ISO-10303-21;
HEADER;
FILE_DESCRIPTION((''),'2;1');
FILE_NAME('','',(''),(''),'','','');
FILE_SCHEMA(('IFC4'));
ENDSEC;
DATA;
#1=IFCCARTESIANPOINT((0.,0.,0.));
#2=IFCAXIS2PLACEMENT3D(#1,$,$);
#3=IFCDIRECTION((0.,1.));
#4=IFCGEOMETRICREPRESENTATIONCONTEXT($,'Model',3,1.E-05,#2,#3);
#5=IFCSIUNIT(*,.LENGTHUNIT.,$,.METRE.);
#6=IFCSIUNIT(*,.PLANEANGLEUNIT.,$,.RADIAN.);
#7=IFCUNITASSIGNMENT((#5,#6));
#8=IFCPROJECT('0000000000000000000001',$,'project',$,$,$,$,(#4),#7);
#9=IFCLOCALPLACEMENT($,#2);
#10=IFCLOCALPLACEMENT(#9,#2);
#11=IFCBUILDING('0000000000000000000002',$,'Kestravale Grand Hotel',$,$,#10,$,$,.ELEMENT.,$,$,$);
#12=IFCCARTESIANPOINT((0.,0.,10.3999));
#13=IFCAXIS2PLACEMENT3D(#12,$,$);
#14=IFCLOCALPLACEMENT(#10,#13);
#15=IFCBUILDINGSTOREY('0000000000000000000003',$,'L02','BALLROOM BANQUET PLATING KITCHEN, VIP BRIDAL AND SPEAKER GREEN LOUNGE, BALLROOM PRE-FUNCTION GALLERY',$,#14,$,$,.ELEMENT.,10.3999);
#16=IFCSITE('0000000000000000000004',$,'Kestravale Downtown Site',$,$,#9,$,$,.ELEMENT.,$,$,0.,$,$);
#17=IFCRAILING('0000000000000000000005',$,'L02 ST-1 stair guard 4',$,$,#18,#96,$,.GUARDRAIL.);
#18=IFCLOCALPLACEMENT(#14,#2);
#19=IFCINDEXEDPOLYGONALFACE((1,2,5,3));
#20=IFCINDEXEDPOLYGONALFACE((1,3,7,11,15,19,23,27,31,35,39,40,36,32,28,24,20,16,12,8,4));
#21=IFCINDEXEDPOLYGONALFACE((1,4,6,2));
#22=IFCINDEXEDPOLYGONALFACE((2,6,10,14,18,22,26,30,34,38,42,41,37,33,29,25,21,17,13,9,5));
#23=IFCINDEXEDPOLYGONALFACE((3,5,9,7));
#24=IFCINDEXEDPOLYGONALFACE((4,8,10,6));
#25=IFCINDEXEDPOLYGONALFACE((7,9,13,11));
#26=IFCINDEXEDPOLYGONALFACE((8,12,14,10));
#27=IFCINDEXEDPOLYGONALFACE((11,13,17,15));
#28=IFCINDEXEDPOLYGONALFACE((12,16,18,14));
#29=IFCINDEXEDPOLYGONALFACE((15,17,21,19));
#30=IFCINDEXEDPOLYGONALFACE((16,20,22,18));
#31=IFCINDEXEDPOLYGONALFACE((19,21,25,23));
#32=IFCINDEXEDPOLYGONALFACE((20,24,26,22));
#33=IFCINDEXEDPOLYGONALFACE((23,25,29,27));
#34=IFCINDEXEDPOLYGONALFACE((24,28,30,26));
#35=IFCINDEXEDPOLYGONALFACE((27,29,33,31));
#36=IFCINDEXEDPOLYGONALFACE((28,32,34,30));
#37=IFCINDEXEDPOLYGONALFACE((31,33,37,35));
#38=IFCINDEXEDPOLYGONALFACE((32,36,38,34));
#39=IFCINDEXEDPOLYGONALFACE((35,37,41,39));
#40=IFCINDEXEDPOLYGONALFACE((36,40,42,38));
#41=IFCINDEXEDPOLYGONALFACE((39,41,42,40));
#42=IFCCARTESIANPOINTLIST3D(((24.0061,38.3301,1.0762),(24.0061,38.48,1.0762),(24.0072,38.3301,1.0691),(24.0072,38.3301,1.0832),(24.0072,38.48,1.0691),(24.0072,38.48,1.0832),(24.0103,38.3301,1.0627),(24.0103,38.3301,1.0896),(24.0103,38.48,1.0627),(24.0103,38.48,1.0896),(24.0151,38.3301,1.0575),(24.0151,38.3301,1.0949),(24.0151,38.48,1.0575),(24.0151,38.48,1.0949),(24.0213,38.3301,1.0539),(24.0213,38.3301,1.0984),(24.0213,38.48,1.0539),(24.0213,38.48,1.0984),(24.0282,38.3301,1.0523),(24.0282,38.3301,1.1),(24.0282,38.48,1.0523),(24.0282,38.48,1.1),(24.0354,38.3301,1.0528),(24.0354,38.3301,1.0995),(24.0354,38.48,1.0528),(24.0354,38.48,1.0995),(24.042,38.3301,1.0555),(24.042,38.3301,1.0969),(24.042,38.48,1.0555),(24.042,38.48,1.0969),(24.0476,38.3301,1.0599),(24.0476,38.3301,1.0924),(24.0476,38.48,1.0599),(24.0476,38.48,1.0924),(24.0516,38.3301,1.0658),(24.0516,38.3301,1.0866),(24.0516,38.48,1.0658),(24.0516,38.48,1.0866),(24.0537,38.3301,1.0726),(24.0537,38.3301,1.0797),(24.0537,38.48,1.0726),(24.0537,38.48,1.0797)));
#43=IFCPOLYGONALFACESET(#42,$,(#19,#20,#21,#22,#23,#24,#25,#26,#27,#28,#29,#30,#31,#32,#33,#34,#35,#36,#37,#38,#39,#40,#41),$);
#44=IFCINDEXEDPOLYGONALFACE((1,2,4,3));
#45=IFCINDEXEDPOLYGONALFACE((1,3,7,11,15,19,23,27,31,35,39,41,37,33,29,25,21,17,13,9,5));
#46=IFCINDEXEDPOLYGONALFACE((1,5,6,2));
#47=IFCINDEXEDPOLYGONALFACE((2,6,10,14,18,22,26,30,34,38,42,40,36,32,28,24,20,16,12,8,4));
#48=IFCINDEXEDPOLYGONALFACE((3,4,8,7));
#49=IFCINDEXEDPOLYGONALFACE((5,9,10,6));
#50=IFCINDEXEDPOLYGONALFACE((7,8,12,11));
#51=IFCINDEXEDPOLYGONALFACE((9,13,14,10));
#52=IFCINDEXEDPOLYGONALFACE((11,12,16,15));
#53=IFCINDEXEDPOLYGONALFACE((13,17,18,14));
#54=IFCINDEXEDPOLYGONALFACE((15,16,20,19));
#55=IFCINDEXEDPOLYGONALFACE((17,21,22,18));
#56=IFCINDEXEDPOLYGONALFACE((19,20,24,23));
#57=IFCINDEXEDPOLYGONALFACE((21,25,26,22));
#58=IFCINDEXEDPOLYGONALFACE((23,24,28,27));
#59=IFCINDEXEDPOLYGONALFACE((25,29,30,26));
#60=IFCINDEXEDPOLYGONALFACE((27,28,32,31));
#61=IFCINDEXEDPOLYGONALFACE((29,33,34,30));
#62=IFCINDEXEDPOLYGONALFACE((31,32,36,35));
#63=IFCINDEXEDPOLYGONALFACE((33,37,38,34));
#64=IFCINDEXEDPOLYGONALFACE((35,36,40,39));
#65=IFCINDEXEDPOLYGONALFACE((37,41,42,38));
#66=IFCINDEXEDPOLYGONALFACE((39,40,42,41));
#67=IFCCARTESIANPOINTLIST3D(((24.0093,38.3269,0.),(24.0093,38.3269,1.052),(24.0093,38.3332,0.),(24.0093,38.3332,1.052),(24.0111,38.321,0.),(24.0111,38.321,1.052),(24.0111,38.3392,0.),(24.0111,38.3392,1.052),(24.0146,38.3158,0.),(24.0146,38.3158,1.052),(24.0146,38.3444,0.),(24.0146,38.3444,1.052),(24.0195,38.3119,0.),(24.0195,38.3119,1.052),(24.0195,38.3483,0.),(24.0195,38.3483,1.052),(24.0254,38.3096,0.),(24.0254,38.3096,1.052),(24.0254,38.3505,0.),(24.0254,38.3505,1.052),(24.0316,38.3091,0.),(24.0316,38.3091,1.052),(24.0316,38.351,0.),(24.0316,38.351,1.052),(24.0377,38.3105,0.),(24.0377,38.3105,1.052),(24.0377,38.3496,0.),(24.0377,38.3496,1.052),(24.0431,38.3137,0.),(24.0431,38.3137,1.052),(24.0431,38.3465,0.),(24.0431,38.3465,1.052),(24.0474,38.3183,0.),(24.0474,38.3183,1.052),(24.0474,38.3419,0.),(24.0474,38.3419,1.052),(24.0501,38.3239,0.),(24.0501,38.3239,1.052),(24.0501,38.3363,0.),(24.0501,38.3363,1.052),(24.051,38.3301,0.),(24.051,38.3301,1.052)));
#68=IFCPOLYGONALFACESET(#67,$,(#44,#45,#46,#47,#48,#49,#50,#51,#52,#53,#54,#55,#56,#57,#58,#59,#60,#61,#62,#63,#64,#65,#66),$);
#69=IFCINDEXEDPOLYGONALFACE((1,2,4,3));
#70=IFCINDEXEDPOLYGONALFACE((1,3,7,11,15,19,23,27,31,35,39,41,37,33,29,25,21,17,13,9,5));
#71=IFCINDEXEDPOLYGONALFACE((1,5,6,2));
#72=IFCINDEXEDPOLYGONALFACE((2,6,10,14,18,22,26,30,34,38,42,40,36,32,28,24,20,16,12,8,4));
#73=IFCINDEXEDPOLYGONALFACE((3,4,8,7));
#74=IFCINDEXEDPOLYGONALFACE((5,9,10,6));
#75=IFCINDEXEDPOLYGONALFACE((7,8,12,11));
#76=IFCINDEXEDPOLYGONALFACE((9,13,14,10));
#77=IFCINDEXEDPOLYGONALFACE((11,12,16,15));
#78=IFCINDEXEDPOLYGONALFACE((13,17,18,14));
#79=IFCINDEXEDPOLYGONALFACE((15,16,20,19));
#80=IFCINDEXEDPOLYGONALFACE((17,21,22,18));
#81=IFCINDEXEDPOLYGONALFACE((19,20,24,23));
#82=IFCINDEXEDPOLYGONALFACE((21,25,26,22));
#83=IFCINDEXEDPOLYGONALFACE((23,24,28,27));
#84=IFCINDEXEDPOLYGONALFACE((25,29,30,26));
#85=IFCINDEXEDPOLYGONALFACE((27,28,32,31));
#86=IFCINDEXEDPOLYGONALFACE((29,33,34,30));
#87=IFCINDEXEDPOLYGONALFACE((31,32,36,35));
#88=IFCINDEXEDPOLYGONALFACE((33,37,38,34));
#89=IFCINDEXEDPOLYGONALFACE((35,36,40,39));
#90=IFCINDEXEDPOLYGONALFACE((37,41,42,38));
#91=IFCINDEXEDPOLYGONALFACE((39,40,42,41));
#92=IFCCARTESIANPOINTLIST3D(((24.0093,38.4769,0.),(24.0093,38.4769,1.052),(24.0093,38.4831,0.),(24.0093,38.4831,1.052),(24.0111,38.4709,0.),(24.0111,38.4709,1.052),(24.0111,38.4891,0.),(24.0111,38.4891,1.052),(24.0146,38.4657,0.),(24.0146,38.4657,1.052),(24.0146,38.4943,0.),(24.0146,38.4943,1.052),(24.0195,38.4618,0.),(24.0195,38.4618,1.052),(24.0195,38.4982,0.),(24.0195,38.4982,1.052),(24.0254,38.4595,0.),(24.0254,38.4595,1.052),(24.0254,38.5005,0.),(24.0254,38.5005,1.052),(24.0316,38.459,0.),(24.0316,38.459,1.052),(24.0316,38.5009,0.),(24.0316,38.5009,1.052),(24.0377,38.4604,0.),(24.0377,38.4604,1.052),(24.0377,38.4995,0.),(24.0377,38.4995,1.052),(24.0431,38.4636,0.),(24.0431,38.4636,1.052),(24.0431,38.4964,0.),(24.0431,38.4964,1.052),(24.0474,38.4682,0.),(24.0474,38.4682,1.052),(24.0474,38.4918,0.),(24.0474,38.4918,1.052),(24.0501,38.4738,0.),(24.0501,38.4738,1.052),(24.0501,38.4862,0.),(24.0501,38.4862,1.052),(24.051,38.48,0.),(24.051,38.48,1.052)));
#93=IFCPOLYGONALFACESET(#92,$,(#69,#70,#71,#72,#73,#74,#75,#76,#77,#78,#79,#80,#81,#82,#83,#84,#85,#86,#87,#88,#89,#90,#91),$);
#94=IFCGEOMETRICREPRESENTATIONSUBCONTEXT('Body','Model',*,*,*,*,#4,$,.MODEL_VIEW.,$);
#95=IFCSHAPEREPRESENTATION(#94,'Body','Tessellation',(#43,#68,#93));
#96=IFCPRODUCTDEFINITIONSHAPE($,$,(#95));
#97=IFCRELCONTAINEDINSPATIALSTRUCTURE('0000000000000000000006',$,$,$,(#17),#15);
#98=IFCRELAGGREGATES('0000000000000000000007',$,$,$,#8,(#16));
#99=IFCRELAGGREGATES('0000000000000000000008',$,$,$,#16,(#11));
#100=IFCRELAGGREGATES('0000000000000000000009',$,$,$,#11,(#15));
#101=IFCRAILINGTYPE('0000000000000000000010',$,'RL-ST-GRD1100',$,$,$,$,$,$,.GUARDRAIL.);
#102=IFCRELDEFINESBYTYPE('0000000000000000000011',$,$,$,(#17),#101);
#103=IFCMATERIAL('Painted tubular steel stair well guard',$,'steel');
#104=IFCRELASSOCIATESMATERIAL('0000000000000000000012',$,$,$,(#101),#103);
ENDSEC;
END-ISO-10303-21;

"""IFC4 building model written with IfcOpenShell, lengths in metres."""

from ifc_helpers import new_model, si_unit, direction, frame, origin, origin_2d, place, context, subcontext, project, spatial, circle, extrude, material, type_object, element, save


model = new_model("IFC4")

# Units and contexts
model_context = context("Model", 3, precision=1e-05, world=origin(), true_north=direction((0.0, 1.0)))
body_context = subcontext(model_context, "Body", "Model", "MODEL_VIEW")
ifc_project = project(units=[si_unit("LENGTHUNIT", "METRE"), si_unit("PLANEANGLEUNIT", "RADIAN")], contexts=[model_context])

# Site, building, storey
site_placement = place(None, origin())
site = spatial("IfcSite", under=ifc_project, at=site_placement, Name="Kestravale Downtown Site", CompositionType="ELEMENT", RefElevation=0.0)
building_placement = place(site_placement, origin())
building = spatial("IfcBuilding", under=site, at=building_placement, Name="Kestravale Grand Hotel", CompositionType="ELEMENT")
storey_placement = place(building_placement, frame((0.0, 0.0, 10.3999)))
storey = spatial("IfcBuildingStorey", under=building, at=storey_placement, Name="L02", Description="BALLROOM BANQUET PLATING KITCHEN, VIP BRIDAL AND SPEAKER GREEN LOUNGE, BALLROOM PRE-FUNCTION GALLERY", CompositionType="ELEMENT", Elevation=10.3999)

# Railing
ifc_material_1 = material(Name="Painted tubular steel stair well guard", Category="steel")
railing_type_1 = type_object("IfcRailingType", Name="RL-ST-GRD1100", PredefinedType="GUARDRAIL", material=ifc_material_1)
railing_1_placement = place(storey_placement, frame((24.03, 38.3301, 0.0)))
element("IfcRailing", 1, at=railing_1_placement, inside=storey, type_object=railing_type_1, Name="L02 ST-1 stair guard 4", PredefinedType="GUARDRAIL", context=body_context, shape_type="SweptSolid", body=[
    extrude(circle(Radius=0.0239, at=origin_2d()), frame((0.0, 0.0, 1.0762), z_axis=(0.0, 1.0, 0.0), x_axis=(-1.0, 0.0, 0.0)), (0.0, 0.0, 1.0), 0.1499),
    extrude(circle(Radius=0.021, at=origin_2d()), origin(), (0.0, 0.0, 1.0), 1.052),
    extrude(circle(Radius=0.021, at=origin_2d()), frame((0.0, 0.1499, 0.0)), (0.0, 0.0, 1.0), 1.052),
])

save(model, "model.ifc")
